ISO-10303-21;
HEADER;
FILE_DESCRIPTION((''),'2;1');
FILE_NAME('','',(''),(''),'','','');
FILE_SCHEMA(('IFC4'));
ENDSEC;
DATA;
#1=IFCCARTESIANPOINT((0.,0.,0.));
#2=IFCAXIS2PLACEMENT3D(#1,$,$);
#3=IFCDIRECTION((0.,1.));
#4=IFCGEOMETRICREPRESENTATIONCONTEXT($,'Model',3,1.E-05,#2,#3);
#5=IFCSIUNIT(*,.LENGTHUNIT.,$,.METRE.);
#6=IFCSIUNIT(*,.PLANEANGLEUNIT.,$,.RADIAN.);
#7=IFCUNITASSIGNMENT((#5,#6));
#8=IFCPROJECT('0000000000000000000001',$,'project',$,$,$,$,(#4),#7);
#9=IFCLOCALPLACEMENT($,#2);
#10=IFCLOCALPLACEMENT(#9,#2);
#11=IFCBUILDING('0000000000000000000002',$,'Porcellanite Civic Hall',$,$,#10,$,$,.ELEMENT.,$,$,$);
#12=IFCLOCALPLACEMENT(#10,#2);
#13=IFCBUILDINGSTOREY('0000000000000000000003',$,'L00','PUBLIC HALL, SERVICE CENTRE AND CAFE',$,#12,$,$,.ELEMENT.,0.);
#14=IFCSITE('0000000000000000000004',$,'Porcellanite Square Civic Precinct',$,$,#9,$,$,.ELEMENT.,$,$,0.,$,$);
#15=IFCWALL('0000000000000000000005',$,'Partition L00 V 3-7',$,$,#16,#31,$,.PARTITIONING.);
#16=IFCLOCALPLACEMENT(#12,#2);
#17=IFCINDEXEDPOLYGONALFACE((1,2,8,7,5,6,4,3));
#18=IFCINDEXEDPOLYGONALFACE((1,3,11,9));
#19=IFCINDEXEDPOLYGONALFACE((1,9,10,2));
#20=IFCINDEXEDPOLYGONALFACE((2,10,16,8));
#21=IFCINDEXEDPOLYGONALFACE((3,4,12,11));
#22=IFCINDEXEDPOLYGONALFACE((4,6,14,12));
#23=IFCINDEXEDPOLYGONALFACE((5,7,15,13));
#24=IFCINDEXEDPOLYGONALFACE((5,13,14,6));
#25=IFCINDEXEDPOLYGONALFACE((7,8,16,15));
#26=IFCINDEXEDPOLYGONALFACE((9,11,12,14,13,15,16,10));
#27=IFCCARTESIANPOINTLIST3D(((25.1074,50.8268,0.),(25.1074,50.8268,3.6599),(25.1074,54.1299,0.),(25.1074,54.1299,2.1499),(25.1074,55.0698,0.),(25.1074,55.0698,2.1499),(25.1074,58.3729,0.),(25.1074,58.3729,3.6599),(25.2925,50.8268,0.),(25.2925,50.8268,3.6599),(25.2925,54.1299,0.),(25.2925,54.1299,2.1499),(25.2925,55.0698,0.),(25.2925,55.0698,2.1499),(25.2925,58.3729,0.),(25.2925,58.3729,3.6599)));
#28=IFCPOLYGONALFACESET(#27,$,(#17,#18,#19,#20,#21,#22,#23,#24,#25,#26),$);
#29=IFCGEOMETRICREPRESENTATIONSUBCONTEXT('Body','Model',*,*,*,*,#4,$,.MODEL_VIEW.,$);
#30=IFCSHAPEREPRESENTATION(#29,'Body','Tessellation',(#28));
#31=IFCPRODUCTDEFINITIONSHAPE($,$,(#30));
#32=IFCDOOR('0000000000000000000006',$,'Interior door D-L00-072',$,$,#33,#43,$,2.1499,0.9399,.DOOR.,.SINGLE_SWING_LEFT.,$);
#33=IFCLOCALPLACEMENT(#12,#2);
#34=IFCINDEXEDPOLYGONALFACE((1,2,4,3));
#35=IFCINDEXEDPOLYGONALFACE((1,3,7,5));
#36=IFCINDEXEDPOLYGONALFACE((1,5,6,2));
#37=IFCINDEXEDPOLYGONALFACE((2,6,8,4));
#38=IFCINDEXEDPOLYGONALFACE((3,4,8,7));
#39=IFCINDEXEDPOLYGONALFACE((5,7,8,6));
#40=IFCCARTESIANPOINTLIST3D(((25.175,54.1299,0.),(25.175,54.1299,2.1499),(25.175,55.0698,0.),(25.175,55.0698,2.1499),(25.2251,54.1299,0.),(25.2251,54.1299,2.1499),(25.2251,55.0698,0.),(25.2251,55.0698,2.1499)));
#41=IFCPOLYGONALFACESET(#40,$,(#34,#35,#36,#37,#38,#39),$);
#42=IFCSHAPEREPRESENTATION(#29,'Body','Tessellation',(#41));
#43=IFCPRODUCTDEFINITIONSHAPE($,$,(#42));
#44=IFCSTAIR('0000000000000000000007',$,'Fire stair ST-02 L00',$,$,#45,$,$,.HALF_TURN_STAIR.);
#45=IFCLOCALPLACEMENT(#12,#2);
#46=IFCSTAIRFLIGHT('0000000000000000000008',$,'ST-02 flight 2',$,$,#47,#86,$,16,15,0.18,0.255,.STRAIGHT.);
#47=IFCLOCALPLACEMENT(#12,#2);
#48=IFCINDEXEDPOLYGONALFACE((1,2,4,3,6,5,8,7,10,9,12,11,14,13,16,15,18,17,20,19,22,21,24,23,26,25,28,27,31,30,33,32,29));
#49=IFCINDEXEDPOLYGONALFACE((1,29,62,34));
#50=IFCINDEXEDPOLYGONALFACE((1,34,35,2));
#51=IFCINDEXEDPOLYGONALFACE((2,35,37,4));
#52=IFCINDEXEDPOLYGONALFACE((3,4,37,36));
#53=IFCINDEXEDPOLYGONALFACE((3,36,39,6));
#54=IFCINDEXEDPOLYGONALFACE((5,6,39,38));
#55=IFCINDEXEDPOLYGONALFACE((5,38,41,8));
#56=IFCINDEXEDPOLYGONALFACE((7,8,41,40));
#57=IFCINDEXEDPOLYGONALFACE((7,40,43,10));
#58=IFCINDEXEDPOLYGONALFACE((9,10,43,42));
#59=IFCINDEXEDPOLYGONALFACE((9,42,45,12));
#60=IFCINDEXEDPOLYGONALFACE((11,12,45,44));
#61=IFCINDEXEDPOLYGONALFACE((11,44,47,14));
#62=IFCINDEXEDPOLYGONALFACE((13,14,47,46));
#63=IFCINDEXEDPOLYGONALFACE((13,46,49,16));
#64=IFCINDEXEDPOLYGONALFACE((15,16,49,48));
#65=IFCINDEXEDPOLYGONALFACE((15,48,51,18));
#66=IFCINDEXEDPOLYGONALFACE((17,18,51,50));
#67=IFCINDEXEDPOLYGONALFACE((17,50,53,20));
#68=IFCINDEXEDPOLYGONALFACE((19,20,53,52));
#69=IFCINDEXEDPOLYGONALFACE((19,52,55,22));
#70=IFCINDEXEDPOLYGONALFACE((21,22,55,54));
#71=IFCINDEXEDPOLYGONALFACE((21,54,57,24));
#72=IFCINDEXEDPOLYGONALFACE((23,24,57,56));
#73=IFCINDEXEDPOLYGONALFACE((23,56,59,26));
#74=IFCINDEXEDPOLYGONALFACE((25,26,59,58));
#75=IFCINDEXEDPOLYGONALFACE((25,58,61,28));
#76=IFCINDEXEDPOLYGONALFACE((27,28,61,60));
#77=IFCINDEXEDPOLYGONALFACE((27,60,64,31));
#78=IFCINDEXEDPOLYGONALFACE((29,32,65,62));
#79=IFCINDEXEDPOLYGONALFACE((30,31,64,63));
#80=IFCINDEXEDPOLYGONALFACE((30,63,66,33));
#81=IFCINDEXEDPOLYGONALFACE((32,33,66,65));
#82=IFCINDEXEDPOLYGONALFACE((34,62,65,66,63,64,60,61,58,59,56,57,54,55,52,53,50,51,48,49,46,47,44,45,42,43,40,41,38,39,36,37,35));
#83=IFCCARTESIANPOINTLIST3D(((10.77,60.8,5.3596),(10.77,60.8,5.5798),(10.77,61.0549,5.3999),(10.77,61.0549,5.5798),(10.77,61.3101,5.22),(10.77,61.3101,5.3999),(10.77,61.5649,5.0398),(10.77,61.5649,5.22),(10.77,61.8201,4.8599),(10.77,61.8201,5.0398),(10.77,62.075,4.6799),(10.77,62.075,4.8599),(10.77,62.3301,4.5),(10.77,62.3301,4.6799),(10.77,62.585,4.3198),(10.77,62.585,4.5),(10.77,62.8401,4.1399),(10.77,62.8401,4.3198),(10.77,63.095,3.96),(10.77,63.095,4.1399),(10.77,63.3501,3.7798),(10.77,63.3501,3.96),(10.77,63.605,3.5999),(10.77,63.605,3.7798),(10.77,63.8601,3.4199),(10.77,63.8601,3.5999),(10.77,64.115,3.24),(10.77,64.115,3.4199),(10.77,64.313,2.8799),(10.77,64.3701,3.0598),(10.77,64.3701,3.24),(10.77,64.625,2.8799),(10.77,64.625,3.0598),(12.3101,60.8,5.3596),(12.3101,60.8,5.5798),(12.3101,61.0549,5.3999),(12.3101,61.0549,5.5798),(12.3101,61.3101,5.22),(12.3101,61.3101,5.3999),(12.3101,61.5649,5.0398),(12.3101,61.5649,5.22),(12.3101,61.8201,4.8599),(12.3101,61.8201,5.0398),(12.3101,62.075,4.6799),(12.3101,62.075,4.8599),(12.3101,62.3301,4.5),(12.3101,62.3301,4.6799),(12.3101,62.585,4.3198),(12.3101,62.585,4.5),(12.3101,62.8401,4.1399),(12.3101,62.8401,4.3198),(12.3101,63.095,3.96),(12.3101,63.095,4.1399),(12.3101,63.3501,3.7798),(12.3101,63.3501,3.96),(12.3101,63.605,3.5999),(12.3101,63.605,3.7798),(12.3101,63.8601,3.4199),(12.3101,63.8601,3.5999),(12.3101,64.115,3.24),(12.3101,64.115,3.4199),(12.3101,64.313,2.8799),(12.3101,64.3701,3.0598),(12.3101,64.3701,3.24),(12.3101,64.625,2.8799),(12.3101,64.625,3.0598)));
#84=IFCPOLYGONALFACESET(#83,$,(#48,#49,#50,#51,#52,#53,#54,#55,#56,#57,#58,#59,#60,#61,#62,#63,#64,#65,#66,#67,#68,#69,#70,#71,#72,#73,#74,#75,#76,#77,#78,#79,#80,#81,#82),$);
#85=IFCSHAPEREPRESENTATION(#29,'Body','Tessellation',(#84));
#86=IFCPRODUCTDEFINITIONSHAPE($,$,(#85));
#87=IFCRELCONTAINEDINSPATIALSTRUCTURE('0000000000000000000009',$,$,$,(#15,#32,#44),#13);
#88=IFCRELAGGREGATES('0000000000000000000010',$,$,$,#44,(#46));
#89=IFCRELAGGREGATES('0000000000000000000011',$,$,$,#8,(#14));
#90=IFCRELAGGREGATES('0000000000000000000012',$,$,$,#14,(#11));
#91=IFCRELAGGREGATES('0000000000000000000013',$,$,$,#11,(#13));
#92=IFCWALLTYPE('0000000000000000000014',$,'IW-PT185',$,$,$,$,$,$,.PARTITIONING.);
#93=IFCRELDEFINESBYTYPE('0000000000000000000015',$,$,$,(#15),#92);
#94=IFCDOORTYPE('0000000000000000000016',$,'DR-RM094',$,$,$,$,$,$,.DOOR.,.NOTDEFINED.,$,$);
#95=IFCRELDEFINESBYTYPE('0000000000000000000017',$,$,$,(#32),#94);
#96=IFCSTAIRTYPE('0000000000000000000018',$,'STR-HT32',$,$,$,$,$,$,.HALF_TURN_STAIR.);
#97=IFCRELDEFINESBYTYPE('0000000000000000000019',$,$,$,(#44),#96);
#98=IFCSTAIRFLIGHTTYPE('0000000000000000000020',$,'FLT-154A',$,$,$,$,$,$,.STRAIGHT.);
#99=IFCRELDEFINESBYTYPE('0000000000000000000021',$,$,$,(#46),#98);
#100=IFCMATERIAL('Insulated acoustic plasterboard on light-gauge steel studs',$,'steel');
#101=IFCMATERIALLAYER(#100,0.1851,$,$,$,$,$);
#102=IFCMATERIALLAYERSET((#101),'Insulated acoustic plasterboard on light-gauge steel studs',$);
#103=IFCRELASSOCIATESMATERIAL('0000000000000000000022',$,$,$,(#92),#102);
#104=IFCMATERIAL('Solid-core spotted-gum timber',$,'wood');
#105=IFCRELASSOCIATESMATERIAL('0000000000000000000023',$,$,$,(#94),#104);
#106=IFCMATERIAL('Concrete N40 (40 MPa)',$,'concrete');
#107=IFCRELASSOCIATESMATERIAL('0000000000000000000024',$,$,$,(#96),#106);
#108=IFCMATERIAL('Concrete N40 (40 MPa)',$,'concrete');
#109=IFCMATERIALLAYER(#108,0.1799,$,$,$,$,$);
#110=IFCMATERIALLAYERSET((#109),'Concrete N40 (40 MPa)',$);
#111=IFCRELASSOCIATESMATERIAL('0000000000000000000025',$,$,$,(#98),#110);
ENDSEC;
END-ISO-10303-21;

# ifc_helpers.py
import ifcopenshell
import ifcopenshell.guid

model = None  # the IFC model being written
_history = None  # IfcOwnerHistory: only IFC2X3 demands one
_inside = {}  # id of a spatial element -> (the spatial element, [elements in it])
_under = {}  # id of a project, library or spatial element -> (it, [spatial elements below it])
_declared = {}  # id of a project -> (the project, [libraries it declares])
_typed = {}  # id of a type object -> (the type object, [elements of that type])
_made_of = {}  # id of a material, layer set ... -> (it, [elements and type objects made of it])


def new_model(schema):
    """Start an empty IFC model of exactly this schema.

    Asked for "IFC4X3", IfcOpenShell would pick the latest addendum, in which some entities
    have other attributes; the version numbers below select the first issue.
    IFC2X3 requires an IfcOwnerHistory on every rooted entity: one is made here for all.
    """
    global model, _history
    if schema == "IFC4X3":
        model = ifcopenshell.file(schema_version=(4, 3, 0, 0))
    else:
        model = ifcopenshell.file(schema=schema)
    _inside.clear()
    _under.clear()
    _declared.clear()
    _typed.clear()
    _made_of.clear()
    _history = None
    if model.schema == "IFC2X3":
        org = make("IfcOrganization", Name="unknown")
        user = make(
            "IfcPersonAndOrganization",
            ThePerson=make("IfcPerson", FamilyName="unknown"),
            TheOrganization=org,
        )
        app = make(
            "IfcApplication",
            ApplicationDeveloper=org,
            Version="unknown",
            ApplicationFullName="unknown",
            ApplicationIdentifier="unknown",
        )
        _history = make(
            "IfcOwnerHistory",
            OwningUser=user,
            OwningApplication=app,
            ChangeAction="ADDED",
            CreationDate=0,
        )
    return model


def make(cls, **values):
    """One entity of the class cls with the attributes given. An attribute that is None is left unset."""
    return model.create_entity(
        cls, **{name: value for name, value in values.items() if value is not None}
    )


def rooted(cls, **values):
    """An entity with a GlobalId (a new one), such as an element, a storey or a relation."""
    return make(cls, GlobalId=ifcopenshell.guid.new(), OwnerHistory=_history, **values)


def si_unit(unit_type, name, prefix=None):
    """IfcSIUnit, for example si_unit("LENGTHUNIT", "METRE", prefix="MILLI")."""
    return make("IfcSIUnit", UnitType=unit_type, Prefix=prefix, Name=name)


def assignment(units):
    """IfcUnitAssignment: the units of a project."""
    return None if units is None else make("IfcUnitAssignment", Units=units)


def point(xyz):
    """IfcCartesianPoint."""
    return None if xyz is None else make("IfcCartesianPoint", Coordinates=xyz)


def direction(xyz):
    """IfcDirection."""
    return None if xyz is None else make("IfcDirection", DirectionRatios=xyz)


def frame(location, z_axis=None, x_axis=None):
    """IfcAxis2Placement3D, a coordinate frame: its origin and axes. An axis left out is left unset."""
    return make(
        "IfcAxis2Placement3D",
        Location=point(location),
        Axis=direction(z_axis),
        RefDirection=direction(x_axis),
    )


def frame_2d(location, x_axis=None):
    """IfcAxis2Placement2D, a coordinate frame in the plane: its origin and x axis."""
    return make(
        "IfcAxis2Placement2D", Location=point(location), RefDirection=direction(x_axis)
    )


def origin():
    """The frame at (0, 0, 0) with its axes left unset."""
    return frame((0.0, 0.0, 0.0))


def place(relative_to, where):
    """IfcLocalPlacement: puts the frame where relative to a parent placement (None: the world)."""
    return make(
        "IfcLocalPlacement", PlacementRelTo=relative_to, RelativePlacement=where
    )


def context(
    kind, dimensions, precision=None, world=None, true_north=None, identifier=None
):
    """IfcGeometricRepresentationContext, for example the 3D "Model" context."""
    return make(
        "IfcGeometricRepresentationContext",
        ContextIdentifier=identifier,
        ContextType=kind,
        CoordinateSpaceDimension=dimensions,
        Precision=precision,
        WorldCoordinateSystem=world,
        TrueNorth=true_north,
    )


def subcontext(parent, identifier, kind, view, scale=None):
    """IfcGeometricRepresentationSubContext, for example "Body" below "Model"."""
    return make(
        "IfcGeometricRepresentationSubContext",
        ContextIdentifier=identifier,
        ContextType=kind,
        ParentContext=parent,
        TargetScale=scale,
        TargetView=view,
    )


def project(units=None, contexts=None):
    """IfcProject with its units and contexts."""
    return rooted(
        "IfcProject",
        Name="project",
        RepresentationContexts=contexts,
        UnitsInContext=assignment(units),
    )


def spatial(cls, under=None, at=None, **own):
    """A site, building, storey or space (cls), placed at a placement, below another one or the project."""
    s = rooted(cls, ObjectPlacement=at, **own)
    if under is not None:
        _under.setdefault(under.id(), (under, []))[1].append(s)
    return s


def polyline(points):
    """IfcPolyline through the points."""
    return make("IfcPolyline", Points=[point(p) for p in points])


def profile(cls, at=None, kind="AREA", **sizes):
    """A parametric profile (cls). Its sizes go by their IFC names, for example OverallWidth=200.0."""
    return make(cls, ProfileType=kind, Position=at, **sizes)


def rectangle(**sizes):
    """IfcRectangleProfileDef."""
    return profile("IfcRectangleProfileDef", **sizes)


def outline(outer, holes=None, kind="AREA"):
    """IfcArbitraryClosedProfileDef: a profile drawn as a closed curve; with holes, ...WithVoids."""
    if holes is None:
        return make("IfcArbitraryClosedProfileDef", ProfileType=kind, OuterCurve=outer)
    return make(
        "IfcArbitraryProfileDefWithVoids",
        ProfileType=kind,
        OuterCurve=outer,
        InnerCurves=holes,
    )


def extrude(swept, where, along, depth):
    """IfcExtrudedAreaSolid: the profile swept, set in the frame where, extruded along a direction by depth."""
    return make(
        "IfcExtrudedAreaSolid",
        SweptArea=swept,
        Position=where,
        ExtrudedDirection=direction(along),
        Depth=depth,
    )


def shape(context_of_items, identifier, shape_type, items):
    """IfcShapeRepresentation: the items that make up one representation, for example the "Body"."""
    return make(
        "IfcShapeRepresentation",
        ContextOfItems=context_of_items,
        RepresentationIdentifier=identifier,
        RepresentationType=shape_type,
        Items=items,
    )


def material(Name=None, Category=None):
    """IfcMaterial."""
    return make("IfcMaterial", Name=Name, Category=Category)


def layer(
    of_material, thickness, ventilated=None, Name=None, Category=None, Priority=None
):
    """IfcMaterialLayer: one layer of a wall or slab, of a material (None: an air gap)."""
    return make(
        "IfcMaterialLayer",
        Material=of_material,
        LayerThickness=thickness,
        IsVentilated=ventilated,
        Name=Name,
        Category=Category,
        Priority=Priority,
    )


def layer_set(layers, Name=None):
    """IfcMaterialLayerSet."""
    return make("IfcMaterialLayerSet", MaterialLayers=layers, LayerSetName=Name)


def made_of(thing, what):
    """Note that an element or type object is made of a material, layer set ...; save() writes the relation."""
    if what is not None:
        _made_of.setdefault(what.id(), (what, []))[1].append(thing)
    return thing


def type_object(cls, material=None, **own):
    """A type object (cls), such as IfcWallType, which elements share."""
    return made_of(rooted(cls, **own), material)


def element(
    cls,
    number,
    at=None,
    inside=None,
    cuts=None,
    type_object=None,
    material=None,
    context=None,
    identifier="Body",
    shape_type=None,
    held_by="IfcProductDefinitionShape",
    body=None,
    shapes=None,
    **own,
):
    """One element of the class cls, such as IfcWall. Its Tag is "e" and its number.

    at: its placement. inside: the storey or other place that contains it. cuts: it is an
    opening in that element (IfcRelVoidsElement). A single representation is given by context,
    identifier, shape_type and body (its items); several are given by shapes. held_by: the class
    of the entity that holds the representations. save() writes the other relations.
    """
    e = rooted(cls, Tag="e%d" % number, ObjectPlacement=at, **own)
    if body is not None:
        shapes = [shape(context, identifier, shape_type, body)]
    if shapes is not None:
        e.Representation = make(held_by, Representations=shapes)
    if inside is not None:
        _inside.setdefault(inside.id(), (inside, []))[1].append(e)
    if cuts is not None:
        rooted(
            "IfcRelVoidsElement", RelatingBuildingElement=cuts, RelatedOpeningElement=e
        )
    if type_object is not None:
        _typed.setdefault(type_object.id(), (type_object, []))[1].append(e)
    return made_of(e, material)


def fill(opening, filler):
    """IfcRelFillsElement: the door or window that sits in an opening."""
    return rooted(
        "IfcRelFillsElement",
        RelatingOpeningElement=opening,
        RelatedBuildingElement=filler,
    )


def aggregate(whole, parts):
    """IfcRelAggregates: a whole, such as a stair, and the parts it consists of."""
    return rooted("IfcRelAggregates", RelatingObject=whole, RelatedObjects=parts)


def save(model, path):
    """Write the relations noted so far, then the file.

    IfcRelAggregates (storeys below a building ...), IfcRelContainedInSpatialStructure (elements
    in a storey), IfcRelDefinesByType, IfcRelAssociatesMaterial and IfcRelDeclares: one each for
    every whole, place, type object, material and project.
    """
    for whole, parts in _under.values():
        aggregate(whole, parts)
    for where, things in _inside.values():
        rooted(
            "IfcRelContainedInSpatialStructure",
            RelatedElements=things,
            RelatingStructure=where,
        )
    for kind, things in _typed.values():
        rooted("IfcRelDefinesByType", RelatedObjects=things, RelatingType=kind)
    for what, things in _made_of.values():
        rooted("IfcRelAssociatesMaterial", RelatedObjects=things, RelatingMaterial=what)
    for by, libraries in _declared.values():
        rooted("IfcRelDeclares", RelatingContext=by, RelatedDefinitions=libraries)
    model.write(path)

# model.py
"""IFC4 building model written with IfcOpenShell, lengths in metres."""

from ifc_helpers import new_model, si_unit, direction, frame, frame_2d, origin, place, context, subcontext, project, spatial, polyline, rectangle, outline, extrude, material, layer, layer_set, type_object, element, fill, aggregate, save


model = new_model("IFC4")

# Units and contexts
model_context = context("Model", 3, precision=1e-05, world=origin(), true_north=direction((0.0, 1.0)))
body_context = subcontext(model_context, "Body", "Model", "MODEL_VIEW")
ifc_project = project(units=[si_unit("LENGTHUNIT", "METRE"), si_unit("PLANEANGLEUNIT", "RADIAN")], contexts=[model_context])

# Site, building, storey
site_placement = place(None, origin())
site = spatial("IfcSite", under=ifc_project, at=site_placement, Name="Porcellanite Square Civic Precinct", CompositionType="ELEMENT", RefElevation=0.0)
building_placement = place(site_placement, origin())
building = spatial("IfcBuilding", under=site, at=building_placement, Name="Porcellanite Civic Hall", CompositionType="ELEMENT")
storey_placement = place(building_placement, origin())
storey = spatial("IfcBuildingStorey", under=building, at=storey_placement, Name="L00", Description="PUBLIC HALL, SERVICE CENTRE AND CAFE", CompositionType="ELEMENT", Elevation=0.0)

# Wall, opening, door
ifc_material_1 = material(Name="Insulated acoustic plasterboard on light-gauge steel studs", Category="steel")
ifc_layer_1 = layer(ifc_material_1, 0.1851)
ifc_layer_set_1 = layer_set([ifc_layer_1], Name="Insulated acoustic plasterboard on light-gauge steel studs")
wall_type_1 = type_object("IfcWallType", Name="IW-PT185", PredefinedType="PARTITIONING", material=ifc_layer_set_1)
wall_1_placement = place(storey_placement, frame((25.2, 50.8269, 0.0), z_axis=(0.0, 0.0, 1.0), x_axis=(0.0, 1.0, 0.0)))
wall_1 = element("IfcWall", 1, at=wall_1_placement, inside=storey, type_object=wall_type_1, Name="Partition L00 V 3-7", PredefinedType="PARTITIONING", context=body_context, shape_type="SweptSolid", body=[
    extrude(rectangle(XDim=7.5461, YDim=0.1851, at=frame_2d((3.7729, 0.0))), origin(), (0.0, 0.0, 1.0), 3.6599),
])
opening_1_placement = place(wall_1_placement, frame((3.303, 0.0, 0.0)))
opening_1 = element("IfcOpeningElement", 2, at=opening_1_placement, cuts=wall_1, PredefinedType="OPENING", context=body_context, shape_type="SweptSolid", body=[
    extrude(rectangle(XDim=0.9399, YDim=2.1499, at=frame_2d((0.47, 1.075))), frame((0.0, 0.0925, 0.0), z_axis=(0.0, -1.0, 0.0), x_axis=(1.0, 0.0, 0.0)), (0.0, 0.0, 1.0), 0.1851),
])
ifc_material_2 = material(Name="Solid-core spotted-gum timber", Category="wood")
door_type_1 = type_object("IfcDoorType", Name="DR-RM094", OperationType="NOTDEFINED", PredefinedType="DOOR", material=ifc_material_2)
door_1_placement = place(opening_1_placement, origin())
door_1 = element("IfcDoor", 3, at=door_1_placement, inside=storey, type_object=door_type_1, Name="Interior door D-L00-072", OperationType="SINGLE_SWING_LEFT", OverallHeight=2.1499, OverallWidth=0.9399, PredefinedType="DOOR", context=body_context, shape_type="SweptSolid", body=[
    extrude(rectangle(XDim=0.9399, YDim=2.1499, at=frame_2d((0.47, 1.075))), frame((0.0, 0.0249, 0.0), z_axis=(0.0, -1.0, 0.0), x_axis=(1.0, 0.0, 0.0)), (0.0, 0.0, 1.0), 0.05),
])
fill(opening_1, door_1)

# Stair, stair flight
ifc_material_3 = material(Name="Concrete N40 (40 MPa)", Category="concrete")
stair_type = type_object("IfcStairType", Name="STR-HT32", PredefinedType="HALF_TURN_STAIR", material=ifc_material_3)
stair_placement = place(storey_placement, origin())
stair = element("IfcStair", 4, at=stair_placement, inside=storey, type_object=stair_type, Name="Fire stair ST-02 L00", PredefinedType="HALF_TURN_STAIR")
ifc_material_4 = material(Name="Concrete N40 (40 MPa)", Category="concrete")
ifc_layer_2 = layer(ifc_material_4, 0.1799)
ifc_layer_set_2 = layer_set([ifc_layer_2], Name="Concrete N40 (40 MPa)")
stair_flight_type = type_object("IfcStairFlightType", Name="FLT-154A", PredefinedType="STRAIGHT", material=ifc_layer_set_2)
stair_flight_placement = place(storey_placement, frame((11.54, 64.625, 2.8799), z_axis=(0.0, 0.0, 1.0), x_axis=(0.0, -1.0, 0.0)))
stair_flight = element("IfcStairFlight", 5, at=stair_flight_placement, type_object=stair_flight_type, Name="ST-02 flight 2", NumberOfRisers=16, NumberOfTreads=15, PredefinedType="STRAIGHT", RiserHeight=0.18, TreadLength=0.255, context=body_context, shape_type="SweptSolid", body=[
    extrude(outline(polyline([(0.0, 0.0), (0.0, 0.1799), (0.2549, 0.1799), (0.2549, 0.3601), (0.51, 0.3601), (0.51, 0.54), (0.7649, 0.54), (0.7649, 0.72), (1.02, 0.72), (1.02, 0.8999), (1.2749, 0.8999), (1.2749, 1.0801), (1.53, 1.0801), (1.53, 1.26), (1.7849, 1.26), (1.7849, 1.4399), (2.04, 1.4399), (2.04, 1.6201), (2.2949, 1.6201), (2.2949, 1.8), (2.55, 1.8), (2.55, 1.98), (2.8049, 1.98), (2.8049, 2.1599), (3.0601, 2.1599), (3.0601, 2.3401), (3.3149, 2.3401), (3.3149, 2.52), (3.5701, 2.52), (3.5701, 2.7), (3.825, 2.7), (3.825, 2.8799), (3.825, 2.4797), (0.312, 0.0), (0.0, 0.0)])), frame((0.0, 0.77, 0.0), z_axis=(0.0, -1.0, 0.0), x_axis=(1.0, 0.0, 0.0)), (0.0, 0.0, 1.0), 1.54),
])
aggregate(stair, [stair_flight])

save(model, "model.ifc")
